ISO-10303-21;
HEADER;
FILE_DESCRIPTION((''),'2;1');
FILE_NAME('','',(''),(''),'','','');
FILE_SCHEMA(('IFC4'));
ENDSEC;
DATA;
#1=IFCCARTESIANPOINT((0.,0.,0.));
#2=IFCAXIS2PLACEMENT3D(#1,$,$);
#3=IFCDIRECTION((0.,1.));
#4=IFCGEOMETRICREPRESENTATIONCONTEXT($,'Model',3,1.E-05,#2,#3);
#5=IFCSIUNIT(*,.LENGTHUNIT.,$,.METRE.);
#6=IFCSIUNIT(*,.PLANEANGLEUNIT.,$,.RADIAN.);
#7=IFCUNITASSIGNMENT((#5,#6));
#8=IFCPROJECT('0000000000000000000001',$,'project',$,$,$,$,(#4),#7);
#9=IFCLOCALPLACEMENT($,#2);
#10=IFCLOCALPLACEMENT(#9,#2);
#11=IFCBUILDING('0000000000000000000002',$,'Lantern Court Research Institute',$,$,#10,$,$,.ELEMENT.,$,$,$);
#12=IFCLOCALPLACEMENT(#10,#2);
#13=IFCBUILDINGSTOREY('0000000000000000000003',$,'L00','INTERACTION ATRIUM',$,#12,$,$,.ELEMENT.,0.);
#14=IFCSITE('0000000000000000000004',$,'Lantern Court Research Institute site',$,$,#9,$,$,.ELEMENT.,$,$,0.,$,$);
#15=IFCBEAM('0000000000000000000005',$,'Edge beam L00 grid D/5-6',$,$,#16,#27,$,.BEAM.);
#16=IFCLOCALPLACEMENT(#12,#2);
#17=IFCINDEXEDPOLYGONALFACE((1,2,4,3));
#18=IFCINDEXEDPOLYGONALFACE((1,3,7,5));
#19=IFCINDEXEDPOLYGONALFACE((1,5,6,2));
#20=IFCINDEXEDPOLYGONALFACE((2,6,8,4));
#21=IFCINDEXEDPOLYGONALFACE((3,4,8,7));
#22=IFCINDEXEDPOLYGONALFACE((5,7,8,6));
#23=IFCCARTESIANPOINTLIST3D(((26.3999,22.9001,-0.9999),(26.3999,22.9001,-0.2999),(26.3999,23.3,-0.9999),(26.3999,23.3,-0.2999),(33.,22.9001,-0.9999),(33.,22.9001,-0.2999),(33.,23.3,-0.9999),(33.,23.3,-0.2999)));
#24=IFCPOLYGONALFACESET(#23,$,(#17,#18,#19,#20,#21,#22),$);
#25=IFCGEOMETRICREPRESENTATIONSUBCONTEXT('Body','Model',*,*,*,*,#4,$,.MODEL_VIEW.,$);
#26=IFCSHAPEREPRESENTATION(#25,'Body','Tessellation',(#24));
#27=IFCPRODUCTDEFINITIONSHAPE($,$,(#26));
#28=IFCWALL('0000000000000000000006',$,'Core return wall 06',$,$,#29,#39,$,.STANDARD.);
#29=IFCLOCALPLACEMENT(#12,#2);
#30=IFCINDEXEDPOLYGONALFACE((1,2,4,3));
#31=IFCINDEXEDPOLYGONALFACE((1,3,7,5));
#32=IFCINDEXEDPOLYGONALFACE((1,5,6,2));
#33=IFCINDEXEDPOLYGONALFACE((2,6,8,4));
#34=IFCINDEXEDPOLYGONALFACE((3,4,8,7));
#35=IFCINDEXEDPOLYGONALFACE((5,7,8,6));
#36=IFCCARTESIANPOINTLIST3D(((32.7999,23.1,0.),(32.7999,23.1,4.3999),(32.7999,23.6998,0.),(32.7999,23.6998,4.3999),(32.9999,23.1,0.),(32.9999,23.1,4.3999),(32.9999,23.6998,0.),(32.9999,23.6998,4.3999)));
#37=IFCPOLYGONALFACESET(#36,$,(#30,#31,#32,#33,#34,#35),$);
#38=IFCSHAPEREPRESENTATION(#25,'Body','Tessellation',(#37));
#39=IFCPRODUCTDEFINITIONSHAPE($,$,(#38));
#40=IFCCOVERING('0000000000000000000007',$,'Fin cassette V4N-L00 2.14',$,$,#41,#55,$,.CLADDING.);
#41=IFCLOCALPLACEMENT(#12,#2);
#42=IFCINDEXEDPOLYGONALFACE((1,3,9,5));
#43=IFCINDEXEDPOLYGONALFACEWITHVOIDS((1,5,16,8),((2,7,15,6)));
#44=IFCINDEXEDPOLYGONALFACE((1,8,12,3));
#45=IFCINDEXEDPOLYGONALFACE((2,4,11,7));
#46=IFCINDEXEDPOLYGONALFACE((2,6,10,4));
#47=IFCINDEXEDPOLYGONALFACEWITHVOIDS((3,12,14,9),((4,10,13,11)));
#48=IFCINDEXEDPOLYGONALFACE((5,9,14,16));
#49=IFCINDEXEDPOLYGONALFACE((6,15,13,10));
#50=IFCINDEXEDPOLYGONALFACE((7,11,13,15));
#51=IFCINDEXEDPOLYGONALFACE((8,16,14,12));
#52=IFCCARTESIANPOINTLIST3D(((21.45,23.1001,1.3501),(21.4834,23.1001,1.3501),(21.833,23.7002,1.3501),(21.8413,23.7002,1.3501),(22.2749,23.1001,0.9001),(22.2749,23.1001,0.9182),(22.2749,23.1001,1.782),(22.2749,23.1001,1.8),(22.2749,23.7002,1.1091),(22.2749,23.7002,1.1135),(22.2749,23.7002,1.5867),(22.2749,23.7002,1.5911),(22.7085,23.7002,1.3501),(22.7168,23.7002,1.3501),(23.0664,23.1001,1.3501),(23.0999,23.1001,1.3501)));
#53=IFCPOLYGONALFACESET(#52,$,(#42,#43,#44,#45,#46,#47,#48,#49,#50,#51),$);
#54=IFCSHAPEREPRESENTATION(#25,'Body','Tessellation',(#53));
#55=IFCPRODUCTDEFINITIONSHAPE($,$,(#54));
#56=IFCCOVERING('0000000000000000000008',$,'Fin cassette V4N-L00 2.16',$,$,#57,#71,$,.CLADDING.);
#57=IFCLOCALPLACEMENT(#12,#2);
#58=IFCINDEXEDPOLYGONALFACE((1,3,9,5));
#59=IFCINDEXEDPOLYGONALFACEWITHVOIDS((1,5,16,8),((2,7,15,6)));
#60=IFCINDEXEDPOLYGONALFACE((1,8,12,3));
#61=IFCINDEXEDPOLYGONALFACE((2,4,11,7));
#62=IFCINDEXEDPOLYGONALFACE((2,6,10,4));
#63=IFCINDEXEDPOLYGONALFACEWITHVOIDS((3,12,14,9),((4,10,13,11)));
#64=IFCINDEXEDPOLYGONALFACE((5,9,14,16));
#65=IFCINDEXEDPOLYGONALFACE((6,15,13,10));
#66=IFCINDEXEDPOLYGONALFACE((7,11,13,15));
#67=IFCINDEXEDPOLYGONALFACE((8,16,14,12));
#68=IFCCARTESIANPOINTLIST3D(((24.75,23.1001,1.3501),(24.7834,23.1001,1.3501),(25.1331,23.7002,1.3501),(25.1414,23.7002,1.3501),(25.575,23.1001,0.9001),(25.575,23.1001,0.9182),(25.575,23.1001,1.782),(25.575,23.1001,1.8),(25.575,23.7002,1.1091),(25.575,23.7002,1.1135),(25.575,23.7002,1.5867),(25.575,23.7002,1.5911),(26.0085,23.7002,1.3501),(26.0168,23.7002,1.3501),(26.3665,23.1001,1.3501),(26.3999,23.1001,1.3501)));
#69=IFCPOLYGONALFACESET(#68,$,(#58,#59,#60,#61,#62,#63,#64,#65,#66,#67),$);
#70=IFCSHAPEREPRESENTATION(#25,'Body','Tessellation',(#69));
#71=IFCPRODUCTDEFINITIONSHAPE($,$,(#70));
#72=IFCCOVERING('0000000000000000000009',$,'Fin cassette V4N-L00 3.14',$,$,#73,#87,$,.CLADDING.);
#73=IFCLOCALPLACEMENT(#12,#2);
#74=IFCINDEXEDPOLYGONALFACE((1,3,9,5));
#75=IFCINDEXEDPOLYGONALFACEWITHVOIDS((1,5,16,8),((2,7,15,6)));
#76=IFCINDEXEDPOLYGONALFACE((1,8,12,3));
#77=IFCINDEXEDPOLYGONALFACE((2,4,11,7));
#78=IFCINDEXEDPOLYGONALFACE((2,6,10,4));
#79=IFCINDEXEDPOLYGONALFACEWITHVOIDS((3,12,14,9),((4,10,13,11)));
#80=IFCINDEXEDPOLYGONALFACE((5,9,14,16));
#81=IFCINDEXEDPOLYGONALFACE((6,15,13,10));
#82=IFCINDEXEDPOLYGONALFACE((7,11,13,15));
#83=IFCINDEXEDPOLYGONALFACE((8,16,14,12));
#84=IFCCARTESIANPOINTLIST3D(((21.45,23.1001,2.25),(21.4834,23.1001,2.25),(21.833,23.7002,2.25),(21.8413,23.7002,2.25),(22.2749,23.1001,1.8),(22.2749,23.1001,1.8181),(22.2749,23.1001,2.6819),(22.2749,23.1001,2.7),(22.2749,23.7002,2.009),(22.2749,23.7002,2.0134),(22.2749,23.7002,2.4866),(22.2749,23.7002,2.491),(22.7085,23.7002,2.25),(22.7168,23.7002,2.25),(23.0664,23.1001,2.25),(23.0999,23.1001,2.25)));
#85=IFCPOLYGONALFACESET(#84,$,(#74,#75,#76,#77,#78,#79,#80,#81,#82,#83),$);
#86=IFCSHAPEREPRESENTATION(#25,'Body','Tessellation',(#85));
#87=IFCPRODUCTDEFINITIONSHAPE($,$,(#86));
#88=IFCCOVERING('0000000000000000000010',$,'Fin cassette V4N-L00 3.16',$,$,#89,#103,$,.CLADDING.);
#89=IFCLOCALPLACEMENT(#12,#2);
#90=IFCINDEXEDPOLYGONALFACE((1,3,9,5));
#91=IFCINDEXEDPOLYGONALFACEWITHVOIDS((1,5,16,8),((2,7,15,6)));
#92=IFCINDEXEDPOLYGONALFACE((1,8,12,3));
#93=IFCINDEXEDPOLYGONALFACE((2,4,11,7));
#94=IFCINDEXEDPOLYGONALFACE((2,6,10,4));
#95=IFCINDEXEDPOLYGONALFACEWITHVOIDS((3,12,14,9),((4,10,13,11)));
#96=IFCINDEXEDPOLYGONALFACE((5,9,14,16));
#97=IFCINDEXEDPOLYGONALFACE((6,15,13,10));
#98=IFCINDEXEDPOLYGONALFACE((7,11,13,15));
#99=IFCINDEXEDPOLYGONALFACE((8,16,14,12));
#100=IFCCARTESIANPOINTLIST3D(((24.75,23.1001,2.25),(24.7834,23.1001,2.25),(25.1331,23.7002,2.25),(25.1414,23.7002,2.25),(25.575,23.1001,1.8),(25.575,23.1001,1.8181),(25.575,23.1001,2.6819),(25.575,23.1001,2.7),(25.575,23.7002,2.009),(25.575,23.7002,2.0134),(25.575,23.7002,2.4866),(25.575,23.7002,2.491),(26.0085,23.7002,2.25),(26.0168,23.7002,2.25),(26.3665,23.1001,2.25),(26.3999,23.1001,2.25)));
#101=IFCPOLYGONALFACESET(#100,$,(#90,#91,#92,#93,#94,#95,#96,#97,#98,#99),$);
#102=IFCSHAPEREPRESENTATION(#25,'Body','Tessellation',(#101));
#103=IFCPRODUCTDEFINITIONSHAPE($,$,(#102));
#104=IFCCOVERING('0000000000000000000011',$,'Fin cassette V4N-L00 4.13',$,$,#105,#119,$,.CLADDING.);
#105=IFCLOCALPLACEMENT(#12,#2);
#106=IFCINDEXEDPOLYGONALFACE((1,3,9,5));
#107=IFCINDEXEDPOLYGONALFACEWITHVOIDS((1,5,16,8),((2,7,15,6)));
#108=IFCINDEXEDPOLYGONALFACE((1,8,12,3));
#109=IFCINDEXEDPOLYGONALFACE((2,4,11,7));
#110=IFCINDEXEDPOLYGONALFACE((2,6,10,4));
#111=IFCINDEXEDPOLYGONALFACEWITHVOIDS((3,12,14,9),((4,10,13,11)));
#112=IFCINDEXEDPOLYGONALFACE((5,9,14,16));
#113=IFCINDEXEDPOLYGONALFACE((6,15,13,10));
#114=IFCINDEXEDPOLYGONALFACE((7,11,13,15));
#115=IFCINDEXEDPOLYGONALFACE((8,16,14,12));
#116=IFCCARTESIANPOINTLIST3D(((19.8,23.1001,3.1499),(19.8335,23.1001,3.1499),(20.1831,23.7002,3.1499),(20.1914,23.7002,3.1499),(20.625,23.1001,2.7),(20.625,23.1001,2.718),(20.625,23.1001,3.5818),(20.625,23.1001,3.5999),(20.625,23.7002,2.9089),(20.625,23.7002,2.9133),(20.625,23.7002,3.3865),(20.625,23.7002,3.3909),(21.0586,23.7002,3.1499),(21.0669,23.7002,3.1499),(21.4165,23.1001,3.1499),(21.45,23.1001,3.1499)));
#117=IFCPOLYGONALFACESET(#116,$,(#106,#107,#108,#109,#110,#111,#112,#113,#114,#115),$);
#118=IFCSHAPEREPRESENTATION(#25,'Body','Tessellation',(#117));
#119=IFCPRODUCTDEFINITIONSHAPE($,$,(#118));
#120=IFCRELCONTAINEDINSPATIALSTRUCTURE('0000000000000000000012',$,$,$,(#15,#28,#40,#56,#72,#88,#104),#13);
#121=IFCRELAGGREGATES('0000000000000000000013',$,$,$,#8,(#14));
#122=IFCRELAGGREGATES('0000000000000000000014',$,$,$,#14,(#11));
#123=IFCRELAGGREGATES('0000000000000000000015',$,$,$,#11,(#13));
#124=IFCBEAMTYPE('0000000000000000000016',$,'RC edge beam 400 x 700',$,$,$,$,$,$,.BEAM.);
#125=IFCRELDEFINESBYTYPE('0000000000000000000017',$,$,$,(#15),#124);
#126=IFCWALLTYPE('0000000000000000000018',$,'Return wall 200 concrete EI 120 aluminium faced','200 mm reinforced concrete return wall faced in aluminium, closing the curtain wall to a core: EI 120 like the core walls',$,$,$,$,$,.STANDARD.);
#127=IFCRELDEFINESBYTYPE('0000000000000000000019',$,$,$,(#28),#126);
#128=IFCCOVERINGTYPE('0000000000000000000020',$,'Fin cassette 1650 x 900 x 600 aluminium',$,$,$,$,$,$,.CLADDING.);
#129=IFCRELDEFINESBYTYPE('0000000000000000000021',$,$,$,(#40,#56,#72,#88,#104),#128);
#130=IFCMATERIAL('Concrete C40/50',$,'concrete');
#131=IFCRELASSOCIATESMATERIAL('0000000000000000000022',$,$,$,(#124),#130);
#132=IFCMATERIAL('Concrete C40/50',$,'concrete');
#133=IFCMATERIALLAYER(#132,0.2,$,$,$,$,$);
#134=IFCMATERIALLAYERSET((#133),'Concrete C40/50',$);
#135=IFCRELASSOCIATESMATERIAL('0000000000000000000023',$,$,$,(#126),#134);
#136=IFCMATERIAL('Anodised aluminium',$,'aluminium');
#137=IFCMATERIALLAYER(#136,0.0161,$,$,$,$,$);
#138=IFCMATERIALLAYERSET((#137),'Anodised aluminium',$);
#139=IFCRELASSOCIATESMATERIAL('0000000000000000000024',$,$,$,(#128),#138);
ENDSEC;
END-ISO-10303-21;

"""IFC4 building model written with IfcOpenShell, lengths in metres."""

from ifc_helpers import new_model, entity, si_unit, direction, frame, frame_2d, origin, origin_2d, place, context, subcontext, project, spatial, rectangle, extrude, material, layer, layer_set, material_profile, profile_set, type_object, element, save


model = new_model("IFC4")

# Units and contexts
model_context = context("Model", 3, precision=1e-05, world=origin(), true_north=direction((0.0, 1.0)))
body_context = subcontext(model_context, "Body", "Model", "MODEL_VIEW")
ifc_project = project(units=[si_unit("LENGTHUNIT", "METRE"), si_unit("PLANEANGLEUNIT", "RADIAN")], contexts=[model_context])

# Site, building, storey
site_placement = place(None, origin())
site = spatial("IfcSite", under=ifc_project, at=site_placement, Name="Lantern Court Research Institute site", CompositionType="ELEMENT", RefElevation=0.0)
building_placement = place(site_placement, origin())
building = spatial("IfcBuilding", under=site, at=building_placement, Name="Lantern Court Research Institute", CompositionType="ELEMENT")
storey_placement = place(building_placement, origin())
storey = spatial("IfcBuildingStorey", under=building, at=storey_placement, Name="L00", Description="INTERACTION ATRIUM", CompositionType="ELEMENT", Elevation=0.0)

# Beam
ifc_material_1 = material(Name="Concrete C40/50", Category="concrete")
ifc_material_profile = material_profile(ifc_material_1, rectangle(XDim=0.3999, YDim=0.7, at=origin_2d()), Name="RC beam 400 x 700")
ifc_profile_set = profile_set([ifc_material_profile], Name="Concrete C40/50")
beam_type = type_object("IfcBeamType", Name="RC edge beam 400 x 700", PredefinedType="BEAM", material=ifc_profile_set)
beam_placement = place(storey_placement, frame((26.3999, 23.1001, -0.6499), z_axis=(1.0, 0.0, 0.0), x_axis=(0.0, 1.0, 0.0)))
element("IfcBeam", 1, at=beam_placement, inside=storey, type_object=beam_type, Name="Edge beam L00 grid D/5-6", PredefinedType="BEAM", context=body_context, shape_type="SweptSolid", body=[
    extrude(rectangle(XDim=0.3999, YDim=0.7, at=origin_2d()), origin(), (0.0, 0.0, 1.0), 6.6001),
])

# Wall
ifc_material_2 = material(Name="Concrete C40/50", Category="concrete")
ifc_layer_1 = layer(ifc_material_2, 0.2)
ifc_layer_set_1 = layer_set([ifc_layer_1], Name="Concrete C40/50")
wall_type = type_object("IfcWallType", Name="Return wall 200 concrete EI 120 aluminium faced", Description="200 mm reinforced concrete return wall faced in aluminium, closing the curtain wall to a core: EI 120 like the core walls", PredefinedType="STANDARD", material=ifc_layer_set_1)
wall_placement = place(storey_placement, frame((32.8999, 23.1001, 0.0), z_axis=(0.0, 0.0, 1.0), x_axis=(0.0, 1.0, 0.0)))
element("IfcWall", 2, at=wall_placement, inside=storey, type_object=wall_type, Name="Core return wall 06", PredefinedType="STANDARD", context=body_context, shape_type="SweptSolid", body=[
    extrude(rectangle(XDim=0.5999, YDim=0.2, at=frame_2d((0.2998, 0.0))), origin(), (0.0, 0.0, 1.0), 4.3999),
])

# Coverings
ifc_material_3 = material(Name="Anodised aluminium", Category="aluminium")
ifc_layer_2 = layer(ifc_material_3, 0.0161)
ifc_layer_set_2 = layer_set([ifc_layer_2], Name="Anodised aluminium")
covering_type = type_object("IfcCoveringType", Name="Fin cassette 1650 x 900 x 600 aluminium", PredefinedType="CLADDING", material=ifc_layer_set_2)
covering_1_placement = place(storey_placement, frame((22.2749, 23.1001, 1.3501), z_axis=(0.0, 1.0, 0.0), x_axis=(-1.0, 0.0, 0.0)))
cartesian_point_1 = entity("IfcCartesianPoint", [0.825, 0.0])
cartesian_point_2 = entity("IfcCartesianPoint", [0.7915, 0.0])
cartesian_point_3 = entity("IfcCartesianPoint", [0.4419, 0.0])
cartesian_point_4 = entity("IfcCartesianPoint", [0.4336, 0.0])
element("IfcCovering", 3, at=covering_1_placement, inside=storey, type_object=covering_type, Name="Fin cassette V4N-L00 2.14", PredefinedType="CLADDING", context=body_context, shape_type="SweptSolid", body=[
    entity("IfcExtrudedAreaSolidTapered", entity("IfcArbitraryProfileDefWithVoids", "AREA", None, entity("IfcPolyline", [cartesian_point_1, entity("IfcCartesianPoint", [0.0, 0.45]), entity("IfcCartesianPoint", [-0.825, 0.0]), entity("IfcCartesianPoint", [0.0, -0.45]), cartesian_point_1]), [entity("IfcPolyline", [cartesian_point_2, entity("IfcCartesianPoint", [0.0, 0.4319]), entity("IfcCartesianPoint", [-0.7915, 0.0]), entity("IfcCartesianPoint", [0.0, -0.4319]), cartesian_point_2])]), entity("IfcAxis2Placement3D", entity("IfcCartesianPoint", [0.0, 0.0, 0.0])), entity("IfcDirection", [0.0, 0.0, 1.0]), 0.6001, entity("IfcArbitraryProfileDefWithVoids", "AREA", None, entity("IfcPolyline", [cartesian_point_3, entity("IfcCartesianPoint", [0.0, 0.241]), entity("IfcCartesianPoint", [-0.4419, 0.0]), entity("IfcCartesianPoint", [0.0, -0.241]), cartesian_point_3]), [entity("IfcPolyline", [cartesian_point_4, entity("IfcCartesianPoint", [0.0, 0.2366]), entity("IfcCartesianPoint", [-0.4336, 0.0]), entity("IfcCartesianPoint", [0.0, -0.2366]), cartesian_point_4])])),
])
covering_2_placement = place(storey_placement, frame((25.575, 23.1001, 1.3501), z_axis=(0.0, 1.0, 0.0), x_axis=(-1.0, 0.0, 0.0)))
cartesian_point_5 = entity("IfcCartesianPoint", [0.825, 0.0])
cartesian_point_6 = entity("IfcCartesianPoint", [0.7915, 0.0])
cartesian_point_7 = entity("IfcCartesianPoint", [0.4419, 0.0])
cartesian_point_8 = entity("IfcCartesianPoint", [0.4336, 0.0])
element("IfcCovering", 4, at=covering_2_placement, inside=storey, type_object=covering_type, Name="Fin cassette V4N-L00 2.16", PredefinedType="CLADDING", context=body_context, shape_type="SweptSolid", body=[
    entity("IfcExtrudedAreaSolidTapered", entity("IfcArbitraryProfileDefWithVoids", "AREA", None, entity("IfcPolyline", [cartesian_point_5, entity("IfcCartesianPoint", [0.0, 0.45]), entity("IfcCartesianPoint", [-0.825, 0.0]), entity("IfcCartesianPoint", [0.0, -0.45]), cartesian_point_5]), [entity("IfcPolyline", [cartesian_point_6, entity("IfcCartesianPoint", [0.0, 0.4319]), entity("IfcCartesianPoint", [-0.7915, 0.0]), entity("IfcCartesianPoint", [0.0, -0.4319]), cartesian_point_6])]), entity("IfcAxis2Placement3D", entity("IfcCartesianPoint", [0.0, 0.0, 0.0])), entity("IfcDirection", [0.0, 0.0, 1.0]), 0.6001, entity("IfcArbitraryProfileDefWithVoids", "AREA", None, entity("IfcPolyline", [cartesian_point_7, entity("IfcCartesianPoint", [0.0, 0.241]), entity("IfcCartesianPoint", [-0.4419, 0.0]), entity("IfcCartesianPoint", [0.0, -0.241]), cartesian_point_7]), [entity("IfcPolyline", [cartesian_point_8, entity("IfcCartesianPoint", [0.0, 0.2366]), entity("IfcCartesianPoint", [-0.4336, 0.0]), entity("IfcCartesianPoint", [0.0, -0.2366]), cartesian_point_8])])),
])
covering_3_placement = place(storey_placement, frame((22.2749, 23.1001, 2.25), z_axis=(0.0, 1.0, 0.0), x_axis=(-1.0, 0.0, 0.0)))
cartesian_point_9 = entity("IfcCartesianPoint", [0.825, 0.0])
cartesian_point_10 = entity("IfcCartesianPoint", [0.7915, 0.0])
cartesian_point_11 = entity("IfcCartesianPoint", [0.4419, 0.0])
cartesian_point_12 = entity("IfcCartesianPoint", [0.4336, 0.0])
element("IfcCovering", 5, at=covering_3_placement, inside=storey, type_object=covering_type, Name="Fin cassette V4N-L00 3.14", PredefinedType="CLADDING", context=body_context, shape_type="SweptSolid", body=[
    entity("IfcExtrudedAreaSolidTapered", entity("IfcArbitraryProfileDefWithVoids", "AREA", None, entity("IfcPolyline", [cartesian_point_9, entity("IfcCartesianPoint", [0.0, 0.45]), entity("IfcCartesianPoint", [-0.825, 0.0]), entity("IfcCartesianPoint", [0.0, -0.45]), cartesian_point_9]), [entity("IfcPolyline", [cartesian_point_10, entity("IfcCartesianPoint", [0.0, 0.4319]), entity("IfcCartesianPoint", [-0.7915, 0.0]), entity("IfcCartesianPoint", [0.0, -0.4319]), cartesian_point_10])]), entity("IfcAxis2Placement3D", entity("IfcCartesianPoint", [0.0, 0.0, 0.0])), entity("IfcDirection", [0.0, 0.0, 1.0]), 0.6001, entity("IfcArbitraryProfileDefWithVoids", "AREA", None, entity("IfcPolyline", [cartesian_point_11, entity("IfcCartesianPoint", [0.0, 0.241]), entity("IfcCartesianPoint", [-0.4419, 0.0]), entity("IfcCartesianPoint", [0.0, -0.241]), cartesian_point_11]), [entity("IfcPolyline", [cartesian_point_12, entity("IfcCartesianPoint", [0.0, 0.2366]), entity("IfcCartesianPoint", [-0.4336, 0.0]), entity("IfcCartesianPoint", [0.0, -0.2366]), cartesian_point_12])])),
])
covering_4_placement = place(storey_placement, frame((25.575, 23.1001, 2.25), z_axis=(0.0, 1.0, 0.0), x_axis=(-1.0, 0.0, 0.0)))
cartesian_point_13 = entity("IfcCartesianPoint", [0.825, 0.0])
cartesian_point_14 = entity("IfcCartesianPoint", [0.7915, 0.0])
cartesian_point_15 = entity("IfcCartesianPoint", [0.4419, 0.0])
cartesian_point_16 = entity("IfcCartesianPoint", [0.4336, 0.0])
element("IfcCovering", 6, at=covering_4_placement, inside=storey, type_object=covering_type, Name="Fin cassette V4N-L00 3.16", PredefinedType="CLADDING", context=body_context, shape_type="SweptSolid", body=[
    entity("IfcExtrudedAreaSolidTapered", entity("IfcArbitraryProfileDefWithVoids", "AREA", None, entity("IfcPolyline", [cartesian_point_13, entity("IfcCartesianPoint", [0.0, 0.45]), entity("IfcCartesianPoint", [-0.825, 0.0]), entity("IfcCartesianPoint", [0.0, -0.45]), cartesian_point_13]), [entity("IfcPolyline", [cartesian_point_14, entity("IfcCartesianPoint", [0.0, 0.4319]), entity("IfcCartesianPoint", [-0.7915, 0.0]), entity("IfcCartesianPoint", [0.0, -0.4319]), cartesian_point_14])]), entity("IfcAxis2Placement3D", entity("IfcCartesianPoint", [0.0, 0.0, 0.0])), entity("IfcDirection", [0.0, 0.0, 1.0]), 0.6001, entity("IfcArbitraryProfileDefWithVoids", "AREA", None, entity("IfcPolyline", [cartesian_point_15, entity("IfcCartesianPoint", [0.0, 0.241]), entity("IfcCartesianPoint", [-0.4419, 0.0]), entity("IfcCartesianPoint", [0.0, -0.241]), cartesian_point_15]), [entity("IfcPolyline", [cartesian_point_16, entity("IfcCartesianPoint", [0.0, 0.2366]), entity("IfcCartesianPoint", [-0.4336, 0.0]), entity("IfcCartesianPoint", [0.0, -0.2366]), cartesian_point_16])])),
])
covering_5_placement = place(storey_placement, frame((20.625, 23.1001, 3.1499), z_axis=(0.0, 1.0, 0.0), x_axis=(-1.0, 0.0, 0.0)))
cartesian_point_17 = entity("IfcCartesianPoint", [0.825, 0.0])
cartesian_point_18 = entity("IfcCartesianPoint", [0.7915, 0.0])
cartesian_point_19 = entity("IfcCartesianPoint", [0.4419, 0.0])
cartesian_point_20 = entity("IfcCartesianPoint", [0.4336, 0.0])
element("IfcCovering", 7, at=covering_5_placement, inside=storey, type_object=covering_type, Name="Fin cassette V4N-L00 4.13", PredefinedType="CLADDING", context=body_context, shape_type="SweptSolid", body=[
    entity("IfcExtrudedAreaSolidTapered", entity("IfcArbitraryProfileDefWithVoids", "AREA", None, entity("IfcPolyline", [cartesian_point_17, entity("IfcCartesianPoint", [0.0, 0.45]), entity("IfcCartesianPoint", [-0.825, 0.0]), entity("IfcCartesianPoint", [0.0, -0.45]), cartesian_point_17]), [entity("IfcPolyline", [cartesian_point_18, entity("IfcCartesianPoint", [0.0, 0.4319]), entity("IfcCartesianPoint", [-0.7915, 0.0]), entity("IfcCartesianPoint", [0.0, -0.4319]), cartesian_point_18])]), entity("IfcAxis2Placement3D", entity("IfcCartesianPoint", [0.0, 0.0, 0.0])), entity("IfcDirection", [0.0, 0.0, 1.0]), 0.6001, entity("IfcArbitraryProfileDefWithVoids", "AREA", None, entity("IfcPolyline", [cartesian_point_19, entity("IfcCartesianPoint", [0.0, 0.241]), entity("IfcCartesianPoint", [-0.4419, 0.0]), entity("IfcCartesianPoint", [0.0, -0.241]), cartesian_point_19]), [entity("IfcPolyline", [cartesian_point_20, entity("IfcCartesianPoint", [0.0, 0.2366]), entity("IfcCartesianPoint", [-0.4336, 0.0]), entity("IfcCartesianPoint", [0.0, -0.2366]), cartesian_point_20])])),
])

save(model, "model.ifc")
